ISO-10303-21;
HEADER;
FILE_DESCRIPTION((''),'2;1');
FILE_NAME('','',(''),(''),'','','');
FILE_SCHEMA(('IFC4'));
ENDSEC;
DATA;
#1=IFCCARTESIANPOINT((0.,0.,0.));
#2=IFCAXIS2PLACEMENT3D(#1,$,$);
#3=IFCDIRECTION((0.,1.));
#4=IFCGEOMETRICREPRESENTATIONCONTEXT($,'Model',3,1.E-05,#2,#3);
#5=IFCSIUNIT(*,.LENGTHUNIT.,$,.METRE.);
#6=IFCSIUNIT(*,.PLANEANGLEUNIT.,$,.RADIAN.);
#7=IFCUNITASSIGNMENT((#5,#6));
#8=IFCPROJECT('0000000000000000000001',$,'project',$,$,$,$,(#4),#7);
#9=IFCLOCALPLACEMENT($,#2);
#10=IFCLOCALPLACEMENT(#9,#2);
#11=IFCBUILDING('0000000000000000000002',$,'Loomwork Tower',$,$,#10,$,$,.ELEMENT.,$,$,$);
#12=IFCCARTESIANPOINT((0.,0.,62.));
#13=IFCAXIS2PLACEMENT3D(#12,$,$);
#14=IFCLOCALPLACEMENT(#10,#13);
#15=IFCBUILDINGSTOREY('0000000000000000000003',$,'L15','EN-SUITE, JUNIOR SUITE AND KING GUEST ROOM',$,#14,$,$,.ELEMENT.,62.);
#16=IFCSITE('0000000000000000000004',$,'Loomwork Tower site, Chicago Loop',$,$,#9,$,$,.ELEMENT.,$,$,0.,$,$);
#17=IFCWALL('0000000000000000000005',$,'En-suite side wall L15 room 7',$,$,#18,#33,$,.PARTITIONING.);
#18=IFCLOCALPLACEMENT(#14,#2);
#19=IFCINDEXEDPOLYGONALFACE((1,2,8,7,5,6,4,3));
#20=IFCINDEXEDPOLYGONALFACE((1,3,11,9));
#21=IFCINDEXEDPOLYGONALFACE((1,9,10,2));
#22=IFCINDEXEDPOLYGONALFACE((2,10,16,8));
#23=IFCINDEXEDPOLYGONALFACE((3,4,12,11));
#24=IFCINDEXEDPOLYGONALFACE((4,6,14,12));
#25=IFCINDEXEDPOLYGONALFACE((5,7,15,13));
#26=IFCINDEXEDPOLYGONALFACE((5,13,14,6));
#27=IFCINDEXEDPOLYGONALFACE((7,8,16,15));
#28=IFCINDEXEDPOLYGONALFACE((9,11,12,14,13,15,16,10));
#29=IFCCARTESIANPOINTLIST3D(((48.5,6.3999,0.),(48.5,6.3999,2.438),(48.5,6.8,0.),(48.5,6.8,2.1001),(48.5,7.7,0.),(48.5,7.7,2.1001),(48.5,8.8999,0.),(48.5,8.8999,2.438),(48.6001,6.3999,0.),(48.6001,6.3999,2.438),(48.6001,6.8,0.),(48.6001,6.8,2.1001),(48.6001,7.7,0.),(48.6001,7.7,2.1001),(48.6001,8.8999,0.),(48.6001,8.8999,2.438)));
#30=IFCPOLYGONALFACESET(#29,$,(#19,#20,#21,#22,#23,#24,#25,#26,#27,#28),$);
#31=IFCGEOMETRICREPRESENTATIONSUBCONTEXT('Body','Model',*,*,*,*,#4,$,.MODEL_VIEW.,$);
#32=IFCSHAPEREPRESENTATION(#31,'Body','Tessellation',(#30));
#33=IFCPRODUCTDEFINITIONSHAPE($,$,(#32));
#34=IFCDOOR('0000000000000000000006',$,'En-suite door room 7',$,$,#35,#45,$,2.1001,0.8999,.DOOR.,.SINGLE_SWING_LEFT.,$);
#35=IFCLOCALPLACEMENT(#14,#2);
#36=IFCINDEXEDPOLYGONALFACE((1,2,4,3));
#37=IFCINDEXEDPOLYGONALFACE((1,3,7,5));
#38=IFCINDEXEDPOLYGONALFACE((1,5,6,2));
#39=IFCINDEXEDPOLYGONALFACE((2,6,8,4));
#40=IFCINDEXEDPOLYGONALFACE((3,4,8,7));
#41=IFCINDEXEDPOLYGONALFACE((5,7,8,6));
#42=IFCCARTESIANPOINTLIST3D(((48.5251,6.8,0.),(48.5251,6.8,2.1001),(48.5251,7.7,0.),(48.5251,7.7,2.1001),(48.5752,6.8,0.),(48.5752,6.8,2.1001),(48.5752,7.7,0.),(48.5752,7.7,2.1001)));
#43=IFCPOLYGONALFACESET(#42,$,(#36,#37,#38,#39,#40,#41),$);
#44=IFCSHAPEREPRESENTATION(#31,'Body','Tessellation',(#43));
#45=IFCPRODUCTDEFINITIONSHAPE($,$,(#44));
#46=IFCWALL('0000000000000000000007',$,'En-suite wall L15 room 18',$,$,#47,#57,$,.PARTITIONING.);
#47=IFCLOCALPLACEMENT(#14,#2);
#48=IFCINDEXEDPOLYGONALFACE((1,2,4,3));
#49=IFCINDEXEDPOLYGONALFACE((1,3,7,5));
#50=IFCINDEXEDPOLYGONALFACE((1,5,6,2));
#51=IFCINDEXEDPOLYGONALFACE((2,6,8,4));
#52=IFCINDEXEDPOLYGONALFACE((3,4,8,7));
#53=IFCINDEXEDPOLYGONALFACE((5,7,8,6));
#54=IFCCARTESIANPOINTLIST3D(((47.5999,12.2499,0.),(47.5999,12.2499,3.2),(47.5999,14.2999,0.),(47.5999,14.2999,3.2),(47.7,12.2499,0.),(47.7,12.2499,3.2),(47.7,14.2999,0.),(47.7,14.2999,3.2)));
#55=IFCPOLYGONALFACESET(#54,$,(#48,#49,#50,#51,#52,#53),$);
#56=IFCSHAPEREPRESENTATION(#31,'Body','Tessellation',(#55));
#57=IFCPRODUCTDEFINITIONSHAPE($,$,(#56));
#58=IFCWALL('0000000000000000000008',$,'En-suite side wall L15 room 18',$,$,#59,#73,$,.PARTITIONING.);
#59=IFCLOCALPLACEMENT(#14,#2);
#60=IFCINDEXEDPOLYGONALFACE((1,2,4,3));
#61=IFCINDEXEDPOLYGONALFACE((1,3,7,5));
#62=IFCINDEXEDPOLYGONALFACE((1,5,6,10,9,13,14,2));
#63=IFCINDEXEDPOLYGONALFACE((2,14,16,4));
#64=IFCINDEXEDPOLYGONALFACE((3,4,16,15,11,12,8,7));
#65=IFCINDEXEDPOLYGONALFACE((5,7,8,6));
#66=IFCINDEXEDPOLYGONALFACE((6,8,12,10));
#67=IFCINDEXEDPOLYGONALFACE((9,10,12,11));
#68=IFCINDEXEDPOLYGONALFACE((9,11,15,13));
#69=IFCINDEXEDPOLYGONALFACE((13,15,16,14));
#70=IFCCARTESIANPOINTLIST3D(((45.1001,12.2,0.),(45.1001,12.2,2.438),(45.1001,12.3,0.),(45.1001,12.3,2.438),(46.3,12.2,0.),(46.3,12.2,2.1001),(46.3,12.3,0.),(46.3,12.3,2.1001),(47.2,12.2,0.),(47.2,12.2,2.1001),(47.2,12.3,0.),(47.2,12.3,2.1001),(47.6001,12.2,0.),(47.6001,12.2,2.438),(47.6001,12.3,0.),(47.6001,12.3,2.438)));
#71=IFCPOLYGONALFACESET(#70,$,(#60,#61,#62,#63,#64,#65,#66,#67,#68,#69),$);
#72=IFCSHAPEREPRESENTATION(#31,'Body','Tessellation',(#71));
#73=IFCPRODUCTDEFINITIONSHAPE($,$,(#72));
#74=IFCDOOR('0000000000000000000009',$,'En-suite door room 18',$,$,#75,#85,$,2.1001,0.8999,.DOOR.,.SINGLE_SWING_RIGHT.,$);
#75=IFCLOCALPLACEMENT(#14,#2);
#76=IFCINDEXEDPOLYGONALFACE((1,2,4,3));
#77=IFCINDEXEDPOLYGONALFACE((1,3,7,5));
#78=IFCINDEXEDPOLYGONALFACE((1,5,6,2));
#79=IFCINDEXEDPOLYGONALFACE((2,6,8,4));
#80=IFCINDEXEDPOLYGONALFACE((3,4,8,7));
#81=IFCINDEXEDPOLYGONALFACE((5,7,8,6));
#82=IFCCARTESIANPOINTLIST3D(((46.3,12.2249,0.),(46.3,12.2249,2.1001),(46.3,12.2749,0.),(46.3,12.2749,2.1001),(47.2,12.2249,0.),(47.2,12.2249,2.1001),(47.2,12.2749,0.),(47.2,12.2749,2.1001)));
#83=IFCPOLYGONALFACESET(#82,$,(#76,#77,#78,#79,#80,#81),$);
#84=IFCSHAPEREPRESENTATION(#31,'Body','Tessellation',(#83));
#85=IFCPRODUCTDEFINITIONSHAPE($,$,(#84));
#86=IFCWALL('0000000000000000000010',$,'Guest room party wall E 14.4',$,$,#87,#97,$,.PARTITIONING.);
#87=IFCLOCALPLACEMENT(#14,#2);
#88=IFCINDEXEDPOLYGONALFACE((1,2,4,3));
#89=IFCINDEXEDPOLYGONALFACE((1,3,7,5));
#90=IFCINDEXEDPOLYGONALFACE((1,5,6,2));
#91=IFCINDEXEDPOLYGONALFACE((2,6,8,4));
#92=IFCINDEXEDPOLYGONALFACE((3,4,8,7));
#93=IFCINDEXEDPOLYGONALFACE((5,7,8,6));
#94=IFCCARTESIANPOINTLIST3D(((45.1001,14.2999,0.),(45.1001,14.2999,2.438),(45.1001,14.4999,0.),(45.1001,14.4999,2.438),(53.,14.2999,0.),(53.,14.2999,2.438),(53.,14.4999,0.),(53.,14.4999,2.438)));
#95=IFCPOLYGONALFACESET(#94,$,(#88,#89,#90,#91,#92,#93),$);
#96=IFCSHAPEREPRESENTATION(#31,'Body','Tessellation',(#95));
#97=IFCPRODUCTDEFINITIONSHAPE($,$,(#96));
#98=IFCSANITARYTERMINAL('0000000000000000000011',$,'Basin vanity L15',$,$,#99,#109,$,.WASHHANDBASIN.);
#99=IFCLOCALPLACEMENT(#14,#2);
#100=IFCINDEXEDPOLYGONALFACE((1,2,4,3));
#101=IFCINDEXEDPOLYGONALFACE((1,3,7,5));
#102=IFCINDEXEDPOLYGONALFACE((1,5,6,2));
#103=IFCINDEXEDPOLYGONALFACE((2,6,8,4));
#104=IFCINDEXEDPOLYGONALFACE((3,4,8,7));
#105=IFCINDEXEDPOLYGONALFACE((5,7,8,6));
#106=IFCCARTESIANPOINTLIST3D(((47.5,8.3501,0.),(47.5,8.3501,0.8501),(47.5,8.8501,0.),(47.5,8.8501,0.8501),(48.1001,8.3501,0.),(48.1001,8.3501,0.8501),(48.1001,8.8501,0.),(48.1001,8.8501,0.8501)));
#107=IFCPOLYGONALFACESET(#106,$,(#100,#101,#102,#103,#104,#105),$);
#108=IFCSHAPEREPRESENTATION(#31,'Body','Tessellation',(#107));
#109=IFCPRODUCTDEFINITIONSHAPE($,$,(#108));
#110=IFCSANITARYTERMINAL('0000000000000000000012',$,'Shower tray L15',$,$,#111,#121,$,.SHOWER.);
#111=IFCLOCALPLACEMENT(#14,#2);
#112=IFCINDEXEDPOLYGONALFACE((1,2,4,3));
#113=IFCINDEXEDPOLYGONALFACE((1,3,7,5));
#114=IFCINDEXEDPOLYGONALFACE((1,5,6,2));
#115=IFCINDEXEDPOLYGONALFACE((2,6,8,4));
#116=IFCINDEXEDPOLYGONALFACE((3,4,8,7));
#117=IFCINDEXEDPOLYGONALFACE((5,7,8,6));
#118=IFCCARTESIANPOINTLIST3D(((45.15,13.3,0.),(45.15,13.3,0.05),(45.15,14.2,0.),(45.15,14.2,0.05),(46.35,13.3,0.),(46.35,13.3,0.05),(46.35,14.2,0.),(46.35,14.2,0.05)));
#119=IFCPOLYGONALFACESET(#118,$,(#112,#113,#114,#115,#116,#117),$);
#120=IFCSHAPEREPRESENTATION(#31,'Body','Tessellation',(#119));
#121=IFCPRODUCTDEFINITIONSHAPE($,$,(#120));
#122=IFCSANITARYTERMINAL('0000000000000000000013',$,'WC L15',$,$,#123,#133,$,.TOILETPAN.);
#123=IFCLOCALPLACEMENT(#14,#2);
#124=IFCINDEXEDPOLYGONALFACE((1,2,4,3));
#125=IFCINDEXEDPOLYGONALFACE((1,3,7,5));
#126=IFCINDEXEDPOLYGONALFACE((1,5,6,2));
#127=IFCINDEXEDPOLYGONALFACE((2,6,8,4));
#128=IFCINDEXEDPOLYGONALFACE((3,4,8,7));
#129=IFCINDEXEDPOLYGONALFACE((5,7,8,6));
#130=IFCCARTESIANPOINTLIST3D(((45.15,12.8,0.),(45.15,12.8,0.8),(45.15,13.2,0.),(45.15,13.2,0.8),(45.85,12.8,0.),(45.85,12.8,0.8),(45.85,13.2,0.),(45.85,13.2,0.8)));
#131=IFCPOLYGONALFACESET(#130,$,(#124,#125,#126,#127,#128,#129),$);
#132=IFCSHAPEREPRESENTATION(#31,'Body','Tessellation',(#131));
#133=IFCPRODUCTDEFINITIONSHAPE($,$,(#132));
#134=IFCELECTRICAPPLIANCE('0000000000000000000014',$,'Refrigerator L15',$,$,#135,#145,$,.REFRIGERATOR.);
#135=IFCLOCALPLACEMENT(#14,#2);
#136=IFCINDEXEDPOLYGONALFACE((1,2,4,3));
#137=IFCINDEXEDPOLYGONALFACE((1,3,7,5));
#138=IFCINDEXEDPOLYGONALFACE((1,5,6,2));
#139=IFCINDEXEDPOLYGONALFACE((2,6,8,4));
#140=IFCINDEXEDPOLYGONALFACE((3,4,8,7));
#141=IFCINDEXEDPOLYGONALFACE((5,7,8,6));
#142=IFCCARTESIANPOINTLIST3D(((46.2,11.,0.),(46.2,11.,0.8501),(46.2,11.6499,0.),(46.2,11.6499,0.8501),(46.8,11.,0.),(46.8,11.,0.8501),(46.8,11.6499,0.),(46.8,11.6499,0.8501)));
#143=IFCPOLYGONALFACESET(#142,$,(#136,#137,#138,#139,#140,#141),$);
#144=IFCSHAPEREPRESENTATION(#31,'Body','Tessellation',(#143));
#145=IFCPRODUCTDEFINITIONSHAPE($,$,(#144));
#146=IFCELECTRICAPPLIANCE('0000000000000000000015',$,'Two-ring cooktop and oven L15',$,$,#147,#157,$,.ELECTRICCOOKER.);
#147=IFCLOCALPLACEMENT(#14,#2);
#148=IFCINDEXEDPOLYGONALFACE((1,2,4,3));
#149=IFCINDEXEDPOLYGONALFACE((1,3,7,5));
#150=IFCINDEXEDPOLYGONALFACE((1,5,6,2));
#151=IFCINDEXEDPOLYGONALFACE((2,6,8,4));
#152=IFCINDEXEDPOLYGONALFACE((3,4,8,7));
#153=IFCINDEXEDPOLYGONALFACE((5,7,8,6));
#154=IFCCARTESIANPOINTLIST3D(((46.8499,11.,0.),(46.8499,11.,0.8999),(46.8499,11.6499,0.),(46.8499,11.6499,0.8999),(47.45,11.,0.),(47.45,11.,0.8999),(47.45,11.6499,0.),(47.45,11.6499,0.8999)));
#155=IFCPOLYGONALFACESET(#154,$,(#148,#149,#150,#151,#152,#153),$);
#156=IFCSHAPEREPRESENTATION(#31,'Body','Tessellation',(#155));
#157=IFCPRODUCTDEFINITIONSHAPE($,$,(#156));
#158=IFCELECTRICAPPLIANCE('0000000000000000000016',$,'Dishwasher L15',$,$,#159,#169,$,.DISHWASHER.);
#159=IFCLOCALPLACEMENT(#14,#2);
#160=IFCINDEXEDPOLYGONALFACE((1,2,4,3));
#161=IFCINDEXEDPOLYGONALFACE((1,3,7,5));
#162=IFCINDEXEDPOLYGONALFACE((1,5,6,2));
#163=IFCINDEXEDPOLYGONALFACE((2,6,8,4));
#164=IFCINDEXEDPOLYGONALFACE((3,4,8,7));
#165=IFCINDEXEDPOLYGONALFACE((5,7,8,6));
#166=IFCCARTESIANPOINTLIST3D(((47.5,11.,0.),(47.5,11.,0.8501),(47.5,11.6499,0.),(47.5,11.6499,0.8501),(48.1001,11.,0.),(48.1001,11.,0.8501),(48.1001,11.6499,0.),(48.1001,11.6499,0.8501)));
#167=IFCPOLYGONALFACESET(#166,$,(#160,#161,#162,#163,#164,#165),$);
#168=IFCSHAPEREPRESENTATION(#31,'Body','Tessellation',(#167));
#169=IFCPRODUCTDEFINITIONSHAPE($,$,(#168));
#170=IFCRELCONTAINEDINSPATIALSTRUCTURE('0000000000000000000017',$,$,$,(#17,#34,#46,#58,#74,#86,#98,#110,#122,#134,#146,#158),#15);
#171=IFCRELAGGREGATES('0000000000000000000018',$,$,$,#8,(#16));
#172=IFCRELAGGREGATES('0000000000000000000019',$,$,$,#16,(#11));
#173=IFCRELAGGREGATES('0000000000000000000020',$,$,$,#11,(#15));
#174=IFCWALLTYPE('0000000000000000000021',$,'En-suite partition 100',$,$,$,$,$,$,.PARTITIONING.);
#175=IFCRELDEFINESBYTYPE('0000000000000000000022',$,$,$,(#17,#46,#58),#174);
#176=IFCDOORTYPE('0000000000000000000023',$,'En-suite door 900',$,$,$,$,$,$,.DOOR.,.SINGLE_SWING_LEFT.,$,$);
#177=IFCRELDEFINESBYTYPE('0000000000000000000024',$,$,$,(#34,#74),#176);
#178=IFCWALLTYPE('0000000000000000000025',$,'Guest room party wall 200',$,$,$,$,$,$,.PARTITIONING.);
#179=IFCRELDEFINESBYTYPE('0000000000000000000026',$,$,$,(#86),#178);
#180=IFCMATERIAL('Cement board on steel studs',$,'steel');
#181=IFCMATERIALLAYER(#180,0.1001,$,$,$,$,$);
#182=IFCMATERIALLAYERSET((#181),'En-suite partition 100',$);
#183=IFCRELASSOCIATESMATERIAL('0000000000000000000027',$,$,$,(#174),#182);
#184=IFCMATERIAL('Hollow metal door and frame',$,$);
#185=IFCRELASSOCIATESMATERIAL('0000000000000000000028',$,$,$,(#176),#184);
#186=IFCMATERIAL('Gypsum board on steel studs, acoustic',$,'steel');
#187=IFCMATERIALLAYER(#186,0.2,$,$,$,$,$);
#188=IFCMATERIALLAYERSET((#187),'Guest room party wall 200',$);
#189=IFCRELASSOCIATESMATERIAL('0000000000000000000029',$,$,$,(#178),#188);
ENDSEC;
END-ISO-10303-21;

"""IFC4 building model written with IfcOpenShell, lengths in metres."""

from ifc_helpers import new_model, si_unit, direction, frame, frame_2d, origin, origin_2d, place, context, subcontext, project, spatial, rectangle, extrude, material, layer, layer_set, type_object, element, fill, save


model = new_model("IFC4")

# Units and contexts
model_context = context("Model", 3, precision=1e-05, world=origin(), true_north=direction((0.0, 1.0)))
body_context = subcontext(model_context, "Body", "Model", "MODEL_VIEW")
ifc_project = project(units=[si_unit("LENGTHUNIT", "METRE"), si_unit("PLANEANGLEUNIT", "RADIAN")], contexts=[model_context])

# Site, building, storey
site_placement = place(None, origin())
site = spatial("IfcSite", under=ifc_project, at=site_placement, Name="Loomwork Tower site, Chicago Loop", CompositionType="ELEMENT", RefElevation=0.0)
building_placement = place(site_placement, origin())
building = spatial("IfcBuilding", under=site, at=building_placement, Name="Loomwork Tower", CompositionType="ELEMENT")
storey_placement = place(building_placement, frame((0.0, 0.0, 62.0)))
storey = spatial("IfcBuildingStorey", under=building, at=storey_placement, Name="L15", Description="EN-SUITE, JUNIOR SUITE AND KING GUEST ROOM", CompositionType="ELEMENT", Elevation=62.0)

# Wall, opening, door
ifc_material_1 = material(Name="Cement board on steel studs", Category="steel")
ifc_layer_1 = layer(ifc_material_1, 0.1001)
ifc_layer_set_1 = layer_set([ifc_layer_1], Name="En-suite partition 100")
wall_type_1 = type_object("IfcWallType", Name="En-suite partition 100", PredefinedType="PARTITIONING", material=ifc_layer_set_1)
wall_1_placement = place(storey_placement, frame((48.55, 8.8999, 0.0), z_axis=(0.0, 0.0, 1.0), x_axis=(0.0, -1.0, 0.0)))
wall_1 = element("IfcWall", 1, at=wall_1_placement, inside=storey, type_object=wall_type_1, Name="En-suite side wall L15 room 7", PredefinedType="PARTITIONING", context=body_context, shape_type="SweptSolid", body=[
    extrude(rectangle(XDim=2.5, YDim=0.1001, at=frame_2d((1.25, 0.0))), origin(), (0.0, 0.0, 1.0), 2.438),
])
opening_1_placement = place(wall_1_placement, frame((1.2, 0.0, 0.0)))
opening_1 = element("IfcOpeningElement", 2, at=opening_1_placement, cuts=wall_1, PredefinedType="OPENING", context=body_context, shape_type="SweptSolid", body=[
    extrude(rectangle(XDim=0.8999, YDim=2.1001, at=frame_2d((0.45, 1.05))), frame((0.0, 0.0601, 0.0), z_axis=(0.0, -1.0, 0.0), x_axis=(1.0, 0.0, 0.0)), (0.0, 0.0, 1.0), 0.1201),
])
ifc_material_2 = material(Name="Hollow metal door and frame")
door_type_1 = type_object("IfcDoorType", Name="En-suite door 900", OperationType="SINGLE_SWING_LEFT", PredefinedType="DOOR", material=ifc_material_2)
door_1_placement = place(opening_1_placement, frame((0.8999, 0.0, 0.0), z_axis=(0.0, 0.0, 1.0), x_axis=(-1.0, 0.0, 0.0)))
door_1 = element("IfcDoor", 3, at=door_1_placement, inside=storey, type_object=door_type_1, Name="En-suite door room 7", OperationType="SINGLE_SWING_LEFT", OverallHeight=2.1001, OverallWidth=0.8999, PredefinedType="DOOR", context=body_context, shape_type="SweptSolid", body=[
    extrude(rectangle(XDim=0.8999, YDim=2.1001, at=frame_2d((0.45, 1.05))), frame((0.0, 0.0249, 0.0), z_axis=(0.0, -1.0, 0.0), x_axis=(1.0, 0.0, 0.0)), (0.0, 0.0, 1.0), 0.05),
])
fill(opening_1, door_1)

# Wall
wall_2_placement = place(storey_placement, frame((47.6499, 12.25, 0.0), z_axis=(0.0, 0.0, 1.0), x_axis=(0.0, 1.0, 0.0)))
element("IfcWall", 4, at=wall_2_placement, inside=storey, type_object=wall_type_1, Name="En-suite wall L15 room 18", PredefinedType="PARTITIONING", context=body_context, shape_type="SweptSolid", body=[
    extrude(rectangle(XDim=2.05, YDim=0.1001, at=frame_2d((1.0249, 0.0))), origin(), (0.0, 0.0, 1.0), 3.2),
])

# Wall, opening, door
wall_3_placement = place(storey_placement, frame((45.1001, 12.25, 0.0), z_axis=(0.0, 0.0, 1.0), x_axis=(1.0, 0.0, 0.0)))
wall_3 = element("IfcWall", 5, at=wall_3_placement, inside=storey, type_object=wall_type_1, Name="En-suite side wall L15 room 18", PredefinedType="PARTITIONING", context=body_context, shape_type="SweptSolid", body=[
    extrude(rectangle(XDim=2.5, YDim=0.1001, at=frame_2d((1.25, 0.0))), origin(), (0.0, 0.0, 1.0), 2.438),
])
opening_2_placement = place(wall_3_placement, frame((1.2, 0.0, 0.0)))
opening_2 = element("IfcOpeningElement", 6, at=opening_2_placement, cuts=wall_3, PredefinedType="OPENING", context=body_context, shape_type="SweptSolid", body=[
    extrude(rectangle(XDim=0.8999, YDim=2.1001, at=frame_2d((0.45, 1.05))), frame((0.0, 0.0601, 0.0), z_axis=(0.0, -1.0, 0.0), x_axis=(1.0, 0.0, 0.0)), (0.0, 0.0, 1.0), 0.1201),
])
door_2_placement = place(opening_2_placement, origin())
door_2 = element("IfcDoor", 7, at=door_2_placement, inside=storey, type_object=door_type_1, Name="En-suite door room 18", OperationType="SINGLE_SWING_RIGHT", OverallHeight=2.1001, OverallWidth=0.8999, PredefinedType="DOOR", context=body_context, shape_type="SweptSolid", body=[
    extrude(rectangle(XDim=0.8999, YDim=2.1001, at=frame_2d((0.45, 1.05))), frame((0.0, 0.0249, 0.0), z_axis=(0.0, -1.0, 0.0), x_axis=(1.0, 0.0, 0.0)), (0.0, 0.0, 1.0), 0.05),
])
fill(opening_2, door_2)

# Wall
ifc_material_3 = material(Name="Gypsum board on steel studs, acoustic", Category="steel")
ifc_layer_2 = layer(ifc_material_3, 0.2)
ifc_layer_set_2 = layer_set([ifc_layer_2], Name="Guest room party wall 200")
wall_type_2 = type_object("IfcWallType", Name="Guest room party wall 200", PredefinedType="PARTITIONING", material=ifc_layer_set_2)
wall_4_placement = place(storey_placement, frame((45.1001, 14.3999, 0.0), z_axis=(0.0, 0.0, 1.0), x_axis=(1.0, 0.0, 0.0)))
element("IfcWall", 8, at=wall_4_placement, inside=storey, type_object=wall_type_2, Name="Guest room party wall E 14.4", PredefinedType="PARTITIONING", context=body_context, shape_type="SweptSolid", body=[
    extrude(rectangle(XDim=7.8999, YDim=0.2, at=frame_2d((3.95, 0.0))), origin(), (0.0, 0.0, 1.0), 2.438),
])

# Sanitary terminals
sanitary_terminal_1_placement = place(storey_placement, frame((47.8, 8.6001, 0.0), z_axis=(0.0, 0.0, 1.0), x_axis=(1.0, 0.0, 0.0)))
element("IfcSanitaryTerminal", 9, at=sanitary_terminal_1_placement, inside=storey, Name="Basin vanity L15", PredefinedType="WASHHANDBASIN", context=body_context, shape_type="SweptSolid", body=[
    extrude(rectangle(XDim=0.6001, YDim=0.5, at=origin_2d()), origin(), (0.0, 0.0, 1.0), 0.8501),
])
sanitary_terminal_2_placement = place(storey_placement, frame((45.75, 13.75, 0.0), z_axis=(0.0, 0.0, 1.0), x_axis=(1.0, 0.0, 0.0)))
element("IfcSanitaryTerminal", 10, at=sanitary_terminal_2_placement, inside=storey, Name="Shower tray L15", PredefinedType="SHOWER", context=body_context, shape_type="SweptSolid", body=[
    extrude(rectangle(XDim=1.2, YDim=0.8999, at=origin_2d()), origin(), (0.0, 0.0, 1.0), 0.05),
])
sanitary_terminal_3_placement = place(storey_placement, frame((45.5, 13.0, 0.0), z_axis=(0.0, 0.0, 1.0), x_axis=(1.0, 0.0, 0.0)))
element("IfcSanitaryTerminal", 11, at=sanitary_terminal_3_placement, inside=storey, Name="WC L15", PredefinedType="TOILETPAN", context=body_context, shape_type="SweptSolid", body=[
    extrude(rectangle(XDim=0.7, YDim=0.3999, at=origin_2d()), origin(), (0.0, 0.0, 1.0), 0.8),
])

# Electric appliances
electric_appliance_1_placement = place(storey_placement, frame((46.5, 11.325, 0.0), z_axis=(0.0, 0.0, 1.0), x_axis=(1.0, 0.0, 0.0)))
element("IfcElectricAppliance", 12, at=electric_appliance_1_placement, inside=storey, Name="Refrigerator L15", PredefinedType="REFRIGERATOR", context=body_context, shape_type="SweptSolid", body=[
    extrude(rectangle(XDim=0.6001, YDim=0.6499, at=origin_2d()), origin(), (0.0, 0.0, 1.0), 0.8501),
])
electric_appliance_2_placement = place(storey_placement, frame((47.1499, 11.325, 0.0), z_axis=(0.0, 0.0, 1.0), x_axis=(1.0, 0.0, 0.0)))
element("IfcElectricAppliance", 13, at=electric_appliance_2_placement, inside=storey, Name="Two-ring cooktop and oven L15", PredefinedType="ELECTRICCOOKER", context=body_context, shape_type="SweptSolid", body=[
    extrude(rectangle(XDim=0.6001, YDim=0.6499, at=origin_2d()), origin(), (0.0, 0.0, 1.0), 0.8999),
])
electric_appliance_3_placement = place(storey_placement, frame((47.8, 11.325, 0.0), z_axis=(0.0, 0.0, 1.0), x_axis=(1.0, 0.0, 0.0)))
element("IfcElectricAppliance", 14, at=electric_appliance_3_placement, inside=storey, Name="Dishwasher L15", PredefinedType="DISHWASHER", context=body_context, shape_type="SweptSolid", body=[
    extrude(rectangle(XDim=0.6001, YDim=0.6499, at=origin_2d()), origin(), (0.0, 0.0, 1.0), 0.8501),
])

save(model, "model.ifc")
